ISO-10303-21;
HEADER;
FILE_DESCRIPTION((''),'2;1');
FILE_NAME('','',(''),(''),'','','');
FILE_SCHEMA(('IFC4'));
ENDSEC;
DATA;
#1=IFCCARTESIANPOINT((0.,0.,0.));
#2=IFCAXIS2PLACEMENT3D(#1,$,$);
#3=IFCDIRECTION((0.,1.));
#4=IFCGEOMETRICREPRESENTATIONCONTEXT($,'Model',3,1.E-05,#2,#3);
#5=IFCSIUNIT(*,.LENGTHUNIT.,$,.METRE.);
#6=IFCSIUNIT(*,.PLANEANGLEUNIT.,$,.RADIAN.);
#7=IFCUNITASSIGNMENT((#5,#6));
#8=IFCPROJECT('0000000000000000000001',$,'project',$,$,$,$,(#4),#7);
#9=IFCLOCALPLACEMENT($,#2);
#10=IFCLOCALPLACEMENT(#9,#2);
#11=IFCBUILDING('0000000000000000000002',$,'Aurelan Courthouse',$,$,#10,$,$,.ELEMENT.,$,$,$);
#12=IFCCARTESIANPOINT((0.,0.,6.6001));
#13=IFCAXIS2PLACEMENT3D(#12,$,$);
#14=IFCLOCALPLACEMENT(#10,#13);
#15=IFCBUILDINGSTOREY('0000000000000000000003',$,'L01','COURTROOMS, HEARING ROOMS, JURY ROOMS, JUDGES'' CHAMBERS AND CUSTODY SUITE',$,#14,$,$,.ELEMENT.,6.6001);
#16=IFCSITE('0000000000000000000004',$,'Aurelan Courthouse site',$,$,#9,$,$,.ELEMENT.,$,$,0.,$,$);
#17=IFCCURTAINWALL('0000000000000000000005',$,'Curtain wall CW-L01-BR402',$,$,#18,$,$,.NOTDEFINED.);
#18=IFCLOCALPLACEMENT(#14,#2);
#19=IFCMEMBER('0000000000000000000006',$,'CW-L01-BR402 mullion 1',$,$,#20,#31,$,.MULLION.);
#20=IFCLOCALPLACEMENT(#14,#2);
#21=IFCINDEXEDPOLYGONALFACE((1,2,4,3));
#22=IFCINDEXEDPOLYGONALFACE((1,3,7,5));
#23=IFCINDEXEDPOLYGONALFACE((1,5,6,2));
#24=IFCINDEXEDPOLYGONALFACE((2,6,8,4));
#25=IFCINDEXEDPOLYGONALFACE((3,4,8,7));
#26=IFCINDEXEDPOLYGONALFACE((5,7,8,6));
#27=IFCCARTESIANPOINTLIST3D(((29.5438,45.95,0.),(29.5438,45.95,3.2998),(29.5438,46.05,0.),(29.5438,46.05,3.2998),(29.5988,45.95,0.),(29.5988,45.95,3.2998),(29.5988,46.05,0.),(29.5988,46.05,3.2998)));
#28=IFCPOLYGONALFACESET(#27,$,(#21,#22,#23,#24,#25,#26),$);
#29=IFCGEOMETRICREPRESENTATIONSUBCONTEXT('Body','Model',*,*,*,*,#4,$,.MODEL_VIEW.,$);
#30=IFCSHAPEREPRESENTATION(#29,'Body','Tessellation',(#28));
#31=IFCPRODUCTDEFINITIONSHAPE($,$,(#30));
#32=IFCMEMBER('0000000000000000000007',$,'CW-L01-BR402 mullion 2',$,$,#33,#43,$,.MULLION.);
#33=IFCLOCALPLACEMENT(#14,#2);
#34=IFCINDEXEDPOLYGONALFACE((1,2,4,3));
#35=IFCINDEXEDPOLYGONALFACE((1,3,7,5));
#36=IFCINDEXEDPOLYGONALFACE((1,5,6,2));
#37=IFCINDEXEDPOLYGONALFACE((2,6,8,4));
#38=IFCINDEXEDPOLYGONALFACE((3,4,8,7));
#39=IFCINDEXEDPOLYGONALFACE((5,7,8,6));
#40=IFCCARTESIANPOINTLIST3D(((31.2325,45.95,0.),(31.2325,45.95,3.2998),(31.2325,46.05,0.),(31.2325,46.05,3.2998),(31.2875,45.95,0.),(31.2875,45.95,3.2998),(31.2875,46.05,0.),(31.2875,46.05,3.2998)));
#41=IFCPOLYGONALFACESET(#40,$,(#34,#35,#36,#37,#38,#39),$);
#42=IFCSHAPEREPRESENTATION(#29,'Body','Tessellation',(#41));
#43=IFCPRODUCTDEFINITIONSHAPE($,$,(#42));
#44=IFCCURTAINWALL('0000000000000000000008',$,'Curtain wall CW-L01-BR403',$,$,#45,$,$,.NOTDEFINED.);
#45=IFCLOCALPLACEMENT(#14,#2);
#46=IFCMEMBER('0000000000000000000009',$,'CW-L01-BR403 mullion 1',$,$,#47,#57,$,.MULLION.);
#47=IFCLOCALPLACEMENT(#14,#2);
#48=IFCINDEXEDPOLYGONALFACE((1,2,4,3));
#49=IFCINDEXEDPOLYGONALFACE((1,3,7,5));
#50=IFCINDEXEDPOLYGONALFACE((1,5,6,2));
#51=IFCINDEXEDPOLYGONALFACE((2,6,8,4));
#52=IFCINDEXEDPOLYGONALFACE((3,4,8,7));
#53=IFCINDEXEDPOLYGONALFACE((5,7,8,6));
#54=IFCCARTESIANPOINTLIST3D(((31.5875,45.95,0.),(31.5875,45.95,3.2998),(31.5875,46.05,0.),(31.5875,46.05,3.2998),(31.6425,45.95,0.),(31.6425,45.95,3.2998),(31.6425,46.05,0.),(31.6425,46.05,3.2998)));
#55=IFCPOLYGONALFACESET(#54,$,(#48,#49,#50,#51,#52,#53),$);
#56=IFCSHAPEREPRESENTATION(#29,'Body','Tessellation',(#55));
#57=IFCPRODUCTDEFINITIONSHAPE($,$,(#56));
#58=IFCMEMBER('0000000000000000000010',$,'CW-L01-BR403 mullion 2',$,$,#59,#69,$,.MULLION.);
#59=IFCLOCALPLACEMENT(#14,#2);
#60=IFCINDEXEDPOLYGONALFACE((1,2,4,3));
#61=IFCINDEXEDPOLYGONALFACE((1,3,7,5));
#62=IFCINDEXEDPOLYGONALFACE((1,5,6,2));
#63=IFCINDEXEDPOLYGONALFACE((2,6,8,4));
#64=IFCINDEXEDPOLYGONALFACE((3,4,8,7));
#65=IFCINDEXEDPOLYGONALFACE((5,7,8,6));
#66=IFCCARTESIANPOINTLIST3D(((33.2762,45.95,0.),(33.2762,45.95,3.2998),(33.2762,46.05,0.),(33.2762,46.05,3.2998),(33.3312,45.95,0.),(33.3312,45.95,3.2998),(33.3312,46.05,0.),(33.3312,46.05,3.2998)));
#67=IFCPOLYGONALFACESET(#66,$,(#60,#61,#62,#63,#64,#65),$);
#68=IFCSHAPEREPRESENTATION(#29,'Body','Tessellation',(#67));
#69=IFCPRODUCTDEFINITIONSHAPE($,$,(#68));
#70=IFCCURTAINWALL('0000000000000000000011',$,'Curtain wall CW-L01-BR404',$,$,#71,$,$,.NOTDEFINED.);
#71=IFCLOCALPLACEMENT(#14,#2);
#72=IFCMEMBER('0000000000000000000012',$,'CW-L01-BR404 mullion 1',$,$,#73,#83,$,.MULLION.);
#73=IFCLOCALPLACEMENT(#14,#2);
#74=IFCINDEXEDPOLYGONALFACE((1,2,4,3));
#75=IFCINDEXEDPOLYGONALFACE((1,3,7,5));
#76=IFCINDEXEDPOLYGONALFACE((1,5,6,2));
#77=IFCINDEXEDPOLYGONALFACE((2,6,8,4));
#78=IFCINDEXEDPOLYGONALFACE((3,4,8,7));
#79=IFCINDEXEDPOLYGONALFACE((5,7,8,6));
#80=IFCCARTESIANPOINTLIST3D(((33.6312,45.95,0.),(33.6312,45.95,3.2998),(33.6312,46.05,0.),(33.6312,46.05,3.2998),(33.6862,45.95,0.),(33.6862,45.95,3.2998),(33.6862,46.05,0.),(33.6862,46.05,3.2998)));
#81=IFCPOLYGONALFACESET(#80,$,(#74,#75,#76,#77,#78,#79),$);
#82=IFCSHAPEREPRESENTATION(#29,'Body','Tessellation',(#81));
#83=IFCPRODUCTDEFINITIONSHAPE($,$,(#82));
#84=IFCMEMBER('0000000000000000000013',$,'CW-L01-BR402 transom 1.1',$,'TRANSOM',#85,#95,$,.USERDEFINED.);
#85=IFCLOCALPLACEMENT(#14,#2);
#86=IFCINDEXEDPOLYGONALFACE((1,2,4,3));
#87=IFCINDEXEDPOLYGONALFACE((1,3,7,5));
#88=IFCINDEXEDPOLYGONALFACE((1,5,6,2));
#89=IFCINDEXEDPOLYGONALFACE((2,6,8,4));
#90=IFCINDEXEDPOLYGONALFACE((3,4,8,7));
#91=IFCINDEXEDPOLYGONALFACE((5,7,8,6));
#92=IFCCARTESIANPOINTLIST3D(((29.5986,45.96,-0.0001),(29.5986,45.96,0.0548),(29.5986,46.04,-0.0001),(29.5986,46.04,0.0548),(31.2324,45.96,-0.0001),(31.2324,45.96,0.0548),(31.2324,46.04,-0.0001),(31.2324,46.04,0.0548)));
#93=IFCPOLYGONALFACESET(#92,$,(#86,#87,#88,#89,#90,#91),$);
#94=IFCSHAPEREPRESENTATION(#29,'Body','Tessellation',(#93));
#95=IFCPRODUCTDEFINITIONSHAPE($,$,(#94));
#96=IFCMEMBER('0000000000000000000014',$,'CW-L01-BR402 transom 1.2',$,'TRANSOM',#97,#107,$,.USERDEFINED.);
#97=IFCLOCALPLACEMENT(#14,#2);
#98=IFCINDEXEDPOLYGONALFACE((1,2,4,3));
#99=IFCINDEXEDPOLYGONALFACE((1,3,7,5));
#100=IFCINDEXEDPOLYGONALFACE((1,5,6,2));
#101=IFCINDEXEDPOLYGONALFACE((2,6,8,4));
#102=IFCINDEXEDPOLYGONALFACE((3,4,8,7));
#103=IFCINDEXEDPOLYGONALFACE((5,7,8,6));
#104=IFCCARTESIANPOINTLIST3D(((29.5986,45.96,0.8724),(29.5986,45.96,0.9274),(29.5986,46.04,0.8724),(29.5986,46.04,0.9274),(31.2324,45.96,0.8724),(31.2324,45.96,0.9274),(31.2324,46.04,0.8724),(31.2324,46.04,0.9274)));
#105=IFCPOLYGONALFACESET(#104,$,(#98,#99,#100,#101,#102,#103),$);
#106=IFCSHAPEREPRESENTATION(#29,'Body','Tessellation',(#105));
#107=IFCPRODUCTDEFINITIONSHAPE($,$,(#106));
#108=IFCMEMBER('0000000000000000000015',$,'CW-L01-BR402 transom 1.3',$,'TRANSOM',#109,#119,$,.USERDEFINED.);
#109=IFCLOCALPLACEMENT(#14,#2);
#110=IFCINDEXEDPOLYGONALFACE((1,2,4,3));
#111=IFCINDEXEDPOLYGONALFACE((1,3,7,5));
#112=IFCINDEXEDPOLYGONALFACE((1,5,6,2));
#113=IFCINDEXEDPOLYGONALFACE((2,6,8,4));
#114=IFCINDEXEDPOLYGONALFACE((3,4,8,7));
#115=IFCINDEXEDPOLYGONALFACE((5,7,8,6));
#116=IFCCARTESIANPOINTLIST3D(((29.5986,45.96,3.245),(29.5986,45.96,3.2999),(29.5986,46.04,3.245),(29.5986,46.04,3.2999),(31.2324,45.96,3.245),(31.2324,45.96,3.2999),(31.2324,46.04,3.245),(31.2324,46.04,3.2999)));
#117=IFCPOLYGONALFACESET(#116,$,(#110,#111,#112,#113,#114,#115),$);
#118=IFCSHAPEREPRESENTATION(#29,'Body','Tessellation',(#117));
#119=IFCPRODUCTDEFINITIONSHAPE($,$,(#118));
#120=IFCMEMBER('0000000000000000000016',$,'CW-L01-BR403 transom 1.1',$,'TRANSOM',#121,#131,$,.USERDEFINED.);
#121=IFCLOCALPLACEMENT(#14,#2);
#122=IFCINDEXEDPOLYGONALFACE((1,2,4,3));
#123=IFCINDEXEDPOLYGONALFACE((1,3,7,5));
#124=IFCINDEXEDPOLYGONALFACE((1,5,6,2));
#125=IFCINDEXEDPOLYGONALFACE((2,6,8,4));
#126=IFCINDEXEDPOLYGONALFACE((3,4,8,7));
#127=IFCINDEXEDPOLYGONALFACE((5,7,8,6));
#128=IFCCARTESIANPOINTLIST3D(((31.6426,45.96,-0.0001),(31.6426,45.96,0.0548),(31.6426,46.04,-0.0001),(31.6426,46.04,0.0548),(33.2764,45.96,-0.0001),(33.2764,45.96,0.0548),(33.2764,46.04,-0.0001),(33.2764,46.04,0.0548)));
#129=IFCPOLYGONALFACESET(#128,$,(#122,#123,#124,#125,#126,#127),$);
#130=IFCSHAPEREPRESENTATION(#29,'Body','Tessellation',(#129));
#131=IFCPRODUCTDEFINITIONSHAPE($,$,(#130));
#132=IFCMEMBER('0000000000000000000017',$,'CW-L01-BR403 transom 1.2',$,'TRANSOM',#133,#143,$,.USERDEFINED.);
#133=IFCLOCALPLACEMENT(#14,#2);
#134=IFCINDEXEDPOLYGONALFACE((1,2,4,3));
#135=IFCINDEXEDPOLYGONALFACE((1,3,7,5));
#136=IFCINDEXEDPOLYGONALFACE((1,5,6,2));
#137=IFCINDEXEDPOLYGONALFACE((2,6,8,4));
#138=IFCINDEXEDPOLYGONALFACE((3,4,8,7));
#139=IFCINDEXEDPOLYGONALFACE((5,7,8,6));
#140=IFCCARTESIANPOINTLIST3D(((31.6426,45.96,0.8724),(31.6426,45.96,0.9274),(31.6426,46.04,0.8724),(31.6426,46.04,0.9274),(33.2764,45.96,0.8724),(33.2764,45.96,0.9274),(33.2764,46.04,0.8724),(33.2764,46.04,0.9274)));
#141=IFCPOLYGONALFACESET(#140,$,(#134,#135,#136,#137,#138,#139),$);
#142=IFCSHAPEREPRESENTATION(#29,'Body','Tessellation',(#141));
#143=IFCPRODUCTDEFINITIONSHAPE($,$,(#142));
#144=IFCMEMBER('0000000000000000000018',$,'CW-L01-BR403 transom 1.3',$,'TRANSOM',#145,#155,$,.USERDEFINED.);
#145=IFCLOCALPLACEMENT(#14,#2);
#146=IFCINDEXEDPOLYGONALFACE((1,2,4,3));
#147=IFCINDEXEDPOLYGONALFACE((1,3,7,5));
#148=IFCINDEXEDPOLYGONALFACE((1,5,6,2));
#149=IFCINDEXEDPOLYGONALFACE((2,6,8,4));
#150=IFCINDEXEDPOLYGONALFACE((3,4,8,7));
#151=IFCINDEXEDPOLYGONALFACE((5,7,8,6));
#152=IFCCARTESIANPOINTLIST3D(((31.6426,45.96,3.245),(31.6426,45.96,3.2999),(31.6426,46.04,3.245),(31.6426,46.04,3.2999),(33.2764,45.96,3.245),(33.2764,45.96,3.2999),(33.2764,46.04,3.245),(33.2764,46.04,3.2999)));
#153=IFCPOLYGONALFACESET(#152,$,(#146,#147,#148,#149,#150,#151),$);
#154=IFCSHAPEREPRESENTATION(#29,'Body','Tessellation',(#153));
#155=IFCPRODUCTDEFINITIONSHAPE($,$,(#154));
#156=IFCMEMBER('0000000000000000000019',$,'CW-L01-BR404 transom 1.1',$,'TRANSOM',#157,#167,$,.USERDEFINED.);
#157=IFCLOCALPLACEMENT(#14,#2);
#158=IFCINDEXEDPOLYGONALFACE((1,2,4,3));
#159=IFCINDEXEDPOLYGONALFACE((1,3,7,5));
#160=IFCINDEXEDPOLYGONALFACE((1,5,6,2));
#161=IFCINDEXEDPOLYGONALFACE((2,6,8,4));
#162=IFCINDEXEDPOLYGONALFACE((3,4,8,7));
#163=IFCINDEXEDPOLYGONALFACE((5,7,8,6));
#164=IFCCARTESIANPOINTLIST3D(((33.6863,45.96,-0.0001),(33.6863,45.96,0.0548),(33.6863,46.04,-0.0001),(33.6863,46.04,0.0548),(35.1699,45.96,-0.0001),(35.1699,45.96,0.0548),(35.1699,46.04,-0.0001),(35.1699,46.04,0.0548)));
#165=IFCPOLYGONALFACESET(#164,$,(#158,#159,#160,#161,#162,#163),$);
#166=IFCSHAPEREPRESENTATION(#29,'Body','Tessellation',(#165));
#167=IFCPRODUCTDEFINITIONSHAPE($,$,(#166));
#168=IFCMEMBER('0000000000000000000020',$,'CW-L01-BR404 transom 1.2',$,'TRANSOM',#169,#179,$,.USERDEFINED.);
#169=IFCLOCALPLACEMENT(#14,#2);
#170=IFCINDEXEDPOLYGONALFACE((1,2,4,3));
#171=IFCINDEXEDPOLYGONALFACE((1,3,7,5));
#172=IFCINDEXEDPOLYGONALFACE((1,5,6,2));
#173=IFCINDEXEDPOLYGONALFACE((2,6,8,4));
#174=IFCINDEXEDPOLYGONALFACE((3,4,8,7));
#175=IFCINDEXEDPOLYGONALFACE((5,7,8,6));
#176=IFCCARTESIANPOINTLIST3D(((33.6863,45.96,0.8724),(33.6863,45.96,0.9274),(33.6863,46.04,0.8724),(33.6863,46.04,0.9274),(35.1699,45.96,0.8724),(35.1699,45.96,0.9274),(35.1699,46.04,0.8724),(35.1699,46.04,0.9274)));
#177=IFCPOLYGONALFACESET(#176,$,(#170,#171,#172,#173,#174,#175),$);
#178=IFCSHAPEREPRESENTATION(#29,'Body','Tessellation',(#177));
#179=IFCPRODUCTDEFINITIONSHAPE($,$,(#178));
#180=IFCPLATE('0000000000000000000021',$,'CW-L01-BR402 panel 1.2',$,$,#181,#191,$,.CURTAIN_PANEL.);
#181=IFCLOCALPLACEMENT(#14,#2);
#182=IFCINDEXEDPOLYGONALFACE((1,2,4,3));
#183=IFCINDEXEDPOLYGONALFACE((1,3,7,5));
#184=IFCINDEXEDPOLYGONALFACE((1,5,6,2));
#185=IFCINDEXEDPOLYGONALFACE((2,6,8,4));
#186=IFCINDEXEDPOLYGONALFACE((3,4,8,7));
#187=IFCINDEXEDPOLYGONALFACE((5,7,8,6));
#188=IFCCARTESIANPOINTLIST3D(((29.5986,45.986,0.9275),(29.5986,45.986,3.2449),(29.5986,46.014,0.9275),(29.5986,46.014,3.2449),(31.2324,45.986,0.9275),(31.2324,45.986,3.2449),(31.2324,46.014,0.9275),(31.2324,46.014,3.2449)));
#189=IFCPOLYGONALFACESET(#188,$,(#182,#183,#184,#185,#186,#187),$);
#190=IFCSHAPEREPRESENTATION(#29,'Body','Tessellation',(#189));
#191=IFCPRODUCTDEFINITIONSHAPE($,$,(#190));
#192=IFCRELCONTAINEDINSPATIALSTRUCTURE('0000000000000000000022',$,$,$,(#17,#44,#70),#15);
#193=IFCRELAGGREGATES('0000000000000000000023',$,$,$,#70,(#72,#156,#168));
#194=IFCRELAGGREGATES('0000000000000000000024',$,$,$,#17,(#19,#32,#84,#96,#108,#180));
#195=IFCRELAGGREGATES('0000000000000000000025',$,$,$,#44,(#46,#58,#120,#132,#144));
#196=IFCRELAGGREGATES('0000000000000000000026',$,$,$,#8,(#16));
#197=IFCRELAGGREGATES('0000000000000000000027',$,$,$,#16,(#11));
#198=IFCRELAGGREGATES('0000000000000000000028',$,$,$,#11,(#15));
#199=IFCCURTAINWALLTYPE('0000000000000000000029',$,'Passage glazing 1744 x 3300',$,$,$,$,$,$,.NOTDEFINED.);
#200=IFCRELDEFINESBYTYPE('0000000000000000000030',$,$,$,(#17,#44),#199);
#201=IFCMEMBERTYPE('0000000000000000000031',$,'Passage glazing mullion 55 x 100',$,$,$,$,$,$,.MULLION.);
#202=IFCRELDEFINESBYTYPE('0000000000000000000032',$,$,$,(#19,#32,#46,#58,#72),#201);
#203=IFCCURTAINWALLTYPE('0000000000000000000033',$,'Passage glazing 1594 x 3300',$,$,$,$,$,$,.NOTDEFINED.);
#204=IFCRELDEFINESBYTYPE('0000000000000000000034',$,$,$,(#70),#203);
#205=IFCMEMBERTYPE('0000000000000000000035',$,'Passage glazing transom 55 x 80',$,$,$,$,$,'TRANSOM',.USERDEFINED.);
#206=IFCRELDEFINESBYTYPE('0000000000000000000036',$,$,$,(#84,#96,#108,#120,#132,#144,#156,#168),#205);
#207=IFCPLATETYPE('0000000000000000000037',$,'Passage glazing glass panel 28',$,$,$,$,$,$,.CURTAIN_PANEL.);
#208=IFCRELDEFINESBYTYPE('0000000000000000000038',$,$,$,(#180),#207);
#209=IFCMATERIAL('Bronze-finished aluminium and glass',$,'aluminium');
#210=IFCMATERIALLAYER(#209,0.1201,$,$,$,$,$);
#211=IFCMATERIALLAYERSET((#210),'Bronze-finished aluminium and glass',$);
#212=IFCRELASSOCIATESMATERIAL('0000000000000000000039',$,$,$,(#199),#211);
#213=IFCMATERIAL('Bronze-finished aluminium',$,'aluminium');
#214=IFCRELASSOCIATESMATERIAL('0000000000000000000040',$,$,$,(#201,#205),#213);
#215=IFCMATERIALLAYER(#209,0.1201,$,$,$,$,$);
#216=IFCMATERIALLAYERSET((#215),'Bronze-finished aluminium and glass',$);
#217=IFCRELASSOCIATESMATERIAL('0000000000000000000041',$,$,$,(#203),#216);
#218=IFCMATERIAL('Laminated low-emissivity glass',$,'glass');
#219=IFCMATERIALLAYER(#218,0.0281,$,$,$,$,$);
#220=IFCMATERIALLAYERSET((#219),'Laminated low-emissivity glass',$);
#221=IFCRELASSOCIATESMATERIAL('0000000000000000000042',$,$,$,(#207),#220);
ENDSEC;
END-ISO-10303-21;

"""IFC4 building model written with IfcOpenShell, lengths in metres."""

from ifc_helpers import new_model, si_unit, direction, frame, origin, origin_2d, place, context, subcontext, project, spatial, rectangle, extrude, material, layer, layer_set, material_profile, profile_set, type_object, element, aggregate, save


model = new_model("IFC4")

# Units and contexts
model_context = context("Model", 3, precision=1e-05, world=origin(), true_north=direction((0.0, 1.0)))
body_context = subcontext(model_context, "Body", "Model", "MODEL_VIEW")
ifc_project = project(units=[si_unit("LENGTHUNIT", "METRE"), si_unit("PLANEANGLEUNIT", "RADIAN")], contexts=[model_context])

# Site, building, storey
site_placement = place(None, origin())
site = spatial("IfcSite", under=ifc_project, at=site_placement, Name="Aurelan Courthouse site", CompositionType="ELEMENT", RefElevation=0.0)
building_placement = place(site_placement, origin())
building = spatial("IfcBuilding", under=site, at=building_placement, Name="Aurelan Courthouse", CompositionType="ELEMENT")
storey_placement = place(building_placement, frame((0.0, 0.0, 6.6001)))
storey = spatial("IfcBuildingStorey", under=building, at=storey_placement, Name="L01", Description="COURTROOMS, HEARING ROOMS, JURY ROOMS, JUDGES' CHAMBERS AND CUSTODY SUITE", CompositionType="ELEMENT", Elevation=6.6001)

# Curtain walls, members
ifc_material_1 = material(Name="Bronze-finished aluminium and glass", Category="aluminium")
ifc_layer_1 = layer(ifc_material_1, 0.1201)
ifc_layer_set_1 = layer_set([ifc_layer_1], Name="Bronze-finished aluminium and glass")
curtain_wall_type_1 = type_object("IfcCurtainWallType", Name="Passage glazing 1744 x 3300", PredefinedType="NOTDEFINED", material=ifc_layer_set_1)
curtain_wall_1_placement = place(storey_placement, origin())
curtain_wall_1 = element("IfcCurtainWall", 1, at=curtain_wall_1_placement, inside=storey, type_object=curtain_wall_type_1, Name="Curtain wall CW-L01-BR402", PredefinedType="NOTDEFINED")
ifc_material_2 = material(Name="Bronze-finished aluminium", Category="aluminium")
ifc_material_profile_1 = material_profile(ifc_material_2, rectangle(XDim=0.1001, YDim=0.0549, at=origin_2d()), Name="Passage glazing mullion 55 x 100")
ifc_profile_set_1 = profile_set([ifc_material_profile_1], Name="Bronze-finished aluminium")
member_type_1 = type_object("IfcMemberType", Name="Passage glazing mullion 55 x 100", PredefinedType="MULLION", material=ifc_profile_set_1)
member_1_placement = place(storey_placement, frame((29.5713, 46.0, 0.0), z_axis=(0.0, 0.0, 1.0), x_axis=(0.0, 1.0, 0.0)))
member_1 = element("IfcMember", 2, at=member_1_placement, type_object=member_type_1, Name="CW-L01-BR402 mullion 1", PredefinedType="MULLION", context=body_context, shape_type="SweptSolid", body=[
    extrude(rectangle(XDim=0.1001, YDim=0.0549, at=origin_2d()), origin(), (0.0, 0.0, 1.0), 3.2998),
])
member_2_placement = place(storey_placement, frame((31.26, 46.0, 0.0), z_axis=(0.0, 0.0, 1.0), x_axis=(0.0, 1.0, 0.0)))
member_2 = element("IfcMember", 3, at=member_2_placement, type_object=member_type_1, Name="CW-L01-BR402 mullion 2", PredefinedType="MULLION", context=body_context, shape_type="SweptSolid", body=[
    extrude(rectangle(XDim=0.1001, YDim=0.0549, at=origin_2d()), origin(), (0.0, 0.0, 1.0), 3.2998),
])
curtain_wall_2_placement = place(storey_placement, origin())
curtain_wall_2 = element("IfcCurtainWall", 4, at=curtain_wall_2_placement, inside=storey, type_object=curtain_wall_type_1, Name="Curtain wall CW-L01-BR403", PredefinedType="NOTDEFINED")
member_3_placement = place(storey_placement, frame((31.615, 46.0, 0.0), z_axis=(0.0, 0.0, 1.0), x_axis=(0.0, 1.0, 0.0)))
member_3 = element("IfcMember", 5, at=member_3_placement, type_object=member_type_1, Name="CW-L01-BR403 mullion 1", PredefinedType="MULLION", context=body_context, shape_type="SweptSolid", body=[
    extrude(rectangle(XDim=0.1001, YDim=0.0549, at=origin_2d()), origin(), (0.0, 0.0, 1.0), 3.2998),
])
member_4_placement = place(storey_placement, frame((33.3037, 46.0, 0.0), z_axis=(0.0, 0.0, 1.0), x_axis=(0.0, 1.0, 0.0)))
member_4 = element("IfcMember", 6, at=member_4_placement, type_object=member_type_1, Name="CW-L01-BR403 mullion 2", PredefinedType="MULLION", context=body_context, shape_type="SweptSolid", body=[
    extrude(rectangle(XDim=0.1001, YDim=0.0549, at=origin_2d()), origin(), (0.0, 0.0, 1.0), 3.2998),
])

# Curtain wall, member
ifc_layer_2 = layer(ifc_material_1, 0.1201)
ifc_layer_set_2 = layer_set([ifc_layer_2], Name="Bronze-finished aluminium and glass")
curtain_wall_type_2 = type_object("IfcCurtainWallType", Name="Passage glazing 1594 x 3300", PredefinedType="NOTDEFINED", material=ifc_layer_set_2)
curtain_wall_3_placement = place(storey_placement, origin())
curtain_wall_3 = element("IfcCurtainWall", 7, at=curtain_wall_3_placement, inside=storey, type_object=curtain_wall_type_2, Name="Curtain wall CW-L01-BR404", PredefinedType="NOTDEFINED")
member_5_placement = place(storey_placement, frame((33.6587, 46.0, 0.0), z_axis=(0.0, 0.0, 1.0), x_axis=(0.0, 1.0, 0.0)))
member_5 = element("IfcMember", 8, at=member_5_placement, type_object=member_type_1, Name="CW-L01-BR404 mullion 1", PredefinedType="MULLION", context=body_context, shape_type="SweptSolid", body=[
    extrude(rectangle(XDim=0.1001, YDim=0.0549, at=origin_2d()), origin(), (0.0, 0.0, 1.0), 3.2998),
])

# Members
ifc_material_profile_2 = material_profile(ifc_material_2, rectangle(XDim=0.0801, YDim=0.0549, at=origin_2d()), Name="Passage glazing transom 55 x 80")
ifc_profile_set_2 = profile_set([ifc_material_profile_2], Name="Bronze-finished aluminium")
member_type_2 = type_object("IfcMemberType", Name="Passage glazing transom 55 x 80", ElementType="TRANSOM", PredefinedType="USERDEFINED", material=ifc_profile_set_2)
member_6_placement = place(storey_placement, frame((29.5986, 46.0, 0.0273), z_axis=(1.0, 0.0, 0.0), x_axis=(0.0, 1.0, 0.0)))
member_6 = element("IfcMember", 9, at=member_6_placement, type_object=member_type_2, Name="CW-L01-BR402 transom 1.1", ObjectType="TRANSOM", PredefinedType="USERDEFINED", context=body_context, shape_type="SweptSolid", body=[
    extrude(rectangle(XDim=0.0801, YDim=0.0549, at=origin_2d()), origin(), (0.0, 0.0, 1.0), 1.6338),
])
member_7_placement = place(storey_placement, frame((29.5986, 46.0, 0.8999), z_axis=(1.0, 0.0, 0.0), x_axis=(0.0, 1.0, 0.0)))
member_7 = element("IfcMember", 10, at=member_7_placement, type_object=member_type_2, Name="CW-L01-BR402 transom 1.2", ObjectType="TRANSOM", PredefinedType="USERDEFINED", context=body_context, shape_type="SweptSolid", body=[
    extrude(rectangle(XDim=0.0801, YDim=0.0549, at=origin_2d()), origin(), (0.0, 0.0, 1.0), 1.6338),
])
member_8_placement = place(storey_placement, frame((29.5986, 46.0, 3.2725), z_axis=(1.0, 0.0, 0.0), x_axis=(0.0, 1.0, 0.0)))
member_8 = element("IfcMember", 11, at=member_8_placement, type_object=member_type_2, Name="CW-L01-BR402 transom 1.3", ObjectType="TRANSOM", PredefinedType="USERDEFINED", context=body_context, shape_type="SweptSolid", body=[
    extrude(rectangle(XDim=0.0801, YDim=0.0549, at=origin_2d()), origin(), (0.0, 0.0, 1.0), 1.6338),
])
member_9_placement = place(storey_placement, frame((31.6426, 46.0, 0.0273), z_axis=(1.0, 0.0, 0.0), x_axis=(0.0, 1.0, 0.0)))
member_9 = element("IfcMember", 12, at=member_9_placement, type_object=member_type_2, Name="CW-L01-BR403 transom 1.1", ObjectType="TRANSOM", PredefinedType="USERDEFINED", context=body_context, shape_type="SweptSolid", body=[
    extrude(rectangle(XDim=0.0801, YDim=0.0549, at=origin_2d()), origin(), (0.0, 0.0, 1.0), 1.6338),
])
member_10_placement = place(storey_placement, frame((31.6426, 46.0, 0.8999), z_axis=(1.0, 0.0, 0.0), x_axis=(0.0, 1.0, 0.0)))
member_10 = element("IfcMember", 13, at=member_10_placement, type_object=member_type_2, Name="CW-L01-BR403 transom 1.2", ObjectType="TRANSOM", PredefinedType="USERDEFINED", context=body_context, shape_type="SweptSolid", body=[
    extrude(rectangle(XDim=0.0801, YDim=0.0549, at=origin_2d()), origin(), (0.0, 0.0, 1.0), 1.6338),
])
member_11_placement = place(storey_placement, frame((31.6426, 46.0, 3.2725), z_axis=(1.0, 0.0, 0.0), x_axis=(0.0, 1.0, 0.0)))
member_11 = element("IfcMember", 14, at=member_11_placement, type_object=member_type_2, Name="CW-L01-BR403 transom 1.3", ObjectType="TRANSOM", PredefinedType="USERDEFINED", context=body_context, shape_type="SweptSolid", body=[
    extrude(rectangle(XDim=0.0801, YDim=0.0549, at=origin_2d()), origin(), (0.0, 0.0, 1.0), 1.6338),
])
member_12_placement = place(storey_placement, frame((33.6863, 46.0, 0.0273), z_axis=(1.0, 0.0, 0.0), x_axis=(0.0, 1.0, 0.0)))
member_12 = element("IfcMember", 15, at=member_12_placement, type_object=member_type_2, Name="CW-L01-BR404 transom 1.1", ObjectType="TRANSOM", PredefinedType="USERDEFINED", context=body_context, shape_type="SweptSolid", body=[
    extrude(rectangle(XDim=0.0801, YDim=0.0549, at=origin_2d()), origin(), (0.0, 0.0, 1.0), 1.4836),
])
member_13_placement = place(storey_placement, frame((33.6863, 46.0, 0.8999), z_axis=(1.0, 0.0, 0.0), x_axis=(0.0, 1.0, 0.0)))
member_13 = element("IfcMember", 16, at=member_13_placement, type_object=member_type_2, Name="CW-L01-BR404 transom 1.2", ObjectType="TRANSOM", PredefinedType="USERDEFINED", context=body_context, shape_type="SweptSolid", body=[
    extrude(rectangle(XDim=0.0801, YDim=0.0549, at=origin_2d()), origin(), (0.0, 0.0, 1.0), 1.4836),
])
aggregate(curtain_wall_3, [member_5, member_12, member_13])

# Plate
ifc_material_3 = material(Name="Laminated low-emissivity glass", Category="glass")
ifc_layer_3 = layer(ifc_material_3, 0.0281)
ifc_layer_set_3 = layer_set([ifc_layer_3], Name="Laminated low-emissivity glass")
plate_type_1 = type_object("IfcPlateType", Name="Passage glazing glass panel 28", PredefinedType="CURTAIN_PANEL", material=ifc_layer_set_3)
plate_1_placement = place(storey_placement, frame((30.4155, 46.0, 0.9275), z_axis=(0.0, 0.0, 1.0), x_axis=(1.0, 0.0, 0.0)))
plate_1 = element("IfcPlate", 17, at=plate_1_placement, type_object=plate_type_1, Name="CW-L01-BR402 panel 1.2", PredefinedType="CURTAIN_PANEL", context=body_context, shape_type="SweptSolid", body=[
    extrude(rectangle(XDim=1.6338, YDim=0.0281, at=origin_2d()), origin(), (0.0, 0.0, 1.0), 2.3174),
])
aggregate(curtain_wall_1, [member_1, member_2, member_6, member_7, member_8, plate_1])
aggregate(curtain_wall_2, [member_3, member_4, member_9, member_10, member_11])

save(model, "model.ifc")
